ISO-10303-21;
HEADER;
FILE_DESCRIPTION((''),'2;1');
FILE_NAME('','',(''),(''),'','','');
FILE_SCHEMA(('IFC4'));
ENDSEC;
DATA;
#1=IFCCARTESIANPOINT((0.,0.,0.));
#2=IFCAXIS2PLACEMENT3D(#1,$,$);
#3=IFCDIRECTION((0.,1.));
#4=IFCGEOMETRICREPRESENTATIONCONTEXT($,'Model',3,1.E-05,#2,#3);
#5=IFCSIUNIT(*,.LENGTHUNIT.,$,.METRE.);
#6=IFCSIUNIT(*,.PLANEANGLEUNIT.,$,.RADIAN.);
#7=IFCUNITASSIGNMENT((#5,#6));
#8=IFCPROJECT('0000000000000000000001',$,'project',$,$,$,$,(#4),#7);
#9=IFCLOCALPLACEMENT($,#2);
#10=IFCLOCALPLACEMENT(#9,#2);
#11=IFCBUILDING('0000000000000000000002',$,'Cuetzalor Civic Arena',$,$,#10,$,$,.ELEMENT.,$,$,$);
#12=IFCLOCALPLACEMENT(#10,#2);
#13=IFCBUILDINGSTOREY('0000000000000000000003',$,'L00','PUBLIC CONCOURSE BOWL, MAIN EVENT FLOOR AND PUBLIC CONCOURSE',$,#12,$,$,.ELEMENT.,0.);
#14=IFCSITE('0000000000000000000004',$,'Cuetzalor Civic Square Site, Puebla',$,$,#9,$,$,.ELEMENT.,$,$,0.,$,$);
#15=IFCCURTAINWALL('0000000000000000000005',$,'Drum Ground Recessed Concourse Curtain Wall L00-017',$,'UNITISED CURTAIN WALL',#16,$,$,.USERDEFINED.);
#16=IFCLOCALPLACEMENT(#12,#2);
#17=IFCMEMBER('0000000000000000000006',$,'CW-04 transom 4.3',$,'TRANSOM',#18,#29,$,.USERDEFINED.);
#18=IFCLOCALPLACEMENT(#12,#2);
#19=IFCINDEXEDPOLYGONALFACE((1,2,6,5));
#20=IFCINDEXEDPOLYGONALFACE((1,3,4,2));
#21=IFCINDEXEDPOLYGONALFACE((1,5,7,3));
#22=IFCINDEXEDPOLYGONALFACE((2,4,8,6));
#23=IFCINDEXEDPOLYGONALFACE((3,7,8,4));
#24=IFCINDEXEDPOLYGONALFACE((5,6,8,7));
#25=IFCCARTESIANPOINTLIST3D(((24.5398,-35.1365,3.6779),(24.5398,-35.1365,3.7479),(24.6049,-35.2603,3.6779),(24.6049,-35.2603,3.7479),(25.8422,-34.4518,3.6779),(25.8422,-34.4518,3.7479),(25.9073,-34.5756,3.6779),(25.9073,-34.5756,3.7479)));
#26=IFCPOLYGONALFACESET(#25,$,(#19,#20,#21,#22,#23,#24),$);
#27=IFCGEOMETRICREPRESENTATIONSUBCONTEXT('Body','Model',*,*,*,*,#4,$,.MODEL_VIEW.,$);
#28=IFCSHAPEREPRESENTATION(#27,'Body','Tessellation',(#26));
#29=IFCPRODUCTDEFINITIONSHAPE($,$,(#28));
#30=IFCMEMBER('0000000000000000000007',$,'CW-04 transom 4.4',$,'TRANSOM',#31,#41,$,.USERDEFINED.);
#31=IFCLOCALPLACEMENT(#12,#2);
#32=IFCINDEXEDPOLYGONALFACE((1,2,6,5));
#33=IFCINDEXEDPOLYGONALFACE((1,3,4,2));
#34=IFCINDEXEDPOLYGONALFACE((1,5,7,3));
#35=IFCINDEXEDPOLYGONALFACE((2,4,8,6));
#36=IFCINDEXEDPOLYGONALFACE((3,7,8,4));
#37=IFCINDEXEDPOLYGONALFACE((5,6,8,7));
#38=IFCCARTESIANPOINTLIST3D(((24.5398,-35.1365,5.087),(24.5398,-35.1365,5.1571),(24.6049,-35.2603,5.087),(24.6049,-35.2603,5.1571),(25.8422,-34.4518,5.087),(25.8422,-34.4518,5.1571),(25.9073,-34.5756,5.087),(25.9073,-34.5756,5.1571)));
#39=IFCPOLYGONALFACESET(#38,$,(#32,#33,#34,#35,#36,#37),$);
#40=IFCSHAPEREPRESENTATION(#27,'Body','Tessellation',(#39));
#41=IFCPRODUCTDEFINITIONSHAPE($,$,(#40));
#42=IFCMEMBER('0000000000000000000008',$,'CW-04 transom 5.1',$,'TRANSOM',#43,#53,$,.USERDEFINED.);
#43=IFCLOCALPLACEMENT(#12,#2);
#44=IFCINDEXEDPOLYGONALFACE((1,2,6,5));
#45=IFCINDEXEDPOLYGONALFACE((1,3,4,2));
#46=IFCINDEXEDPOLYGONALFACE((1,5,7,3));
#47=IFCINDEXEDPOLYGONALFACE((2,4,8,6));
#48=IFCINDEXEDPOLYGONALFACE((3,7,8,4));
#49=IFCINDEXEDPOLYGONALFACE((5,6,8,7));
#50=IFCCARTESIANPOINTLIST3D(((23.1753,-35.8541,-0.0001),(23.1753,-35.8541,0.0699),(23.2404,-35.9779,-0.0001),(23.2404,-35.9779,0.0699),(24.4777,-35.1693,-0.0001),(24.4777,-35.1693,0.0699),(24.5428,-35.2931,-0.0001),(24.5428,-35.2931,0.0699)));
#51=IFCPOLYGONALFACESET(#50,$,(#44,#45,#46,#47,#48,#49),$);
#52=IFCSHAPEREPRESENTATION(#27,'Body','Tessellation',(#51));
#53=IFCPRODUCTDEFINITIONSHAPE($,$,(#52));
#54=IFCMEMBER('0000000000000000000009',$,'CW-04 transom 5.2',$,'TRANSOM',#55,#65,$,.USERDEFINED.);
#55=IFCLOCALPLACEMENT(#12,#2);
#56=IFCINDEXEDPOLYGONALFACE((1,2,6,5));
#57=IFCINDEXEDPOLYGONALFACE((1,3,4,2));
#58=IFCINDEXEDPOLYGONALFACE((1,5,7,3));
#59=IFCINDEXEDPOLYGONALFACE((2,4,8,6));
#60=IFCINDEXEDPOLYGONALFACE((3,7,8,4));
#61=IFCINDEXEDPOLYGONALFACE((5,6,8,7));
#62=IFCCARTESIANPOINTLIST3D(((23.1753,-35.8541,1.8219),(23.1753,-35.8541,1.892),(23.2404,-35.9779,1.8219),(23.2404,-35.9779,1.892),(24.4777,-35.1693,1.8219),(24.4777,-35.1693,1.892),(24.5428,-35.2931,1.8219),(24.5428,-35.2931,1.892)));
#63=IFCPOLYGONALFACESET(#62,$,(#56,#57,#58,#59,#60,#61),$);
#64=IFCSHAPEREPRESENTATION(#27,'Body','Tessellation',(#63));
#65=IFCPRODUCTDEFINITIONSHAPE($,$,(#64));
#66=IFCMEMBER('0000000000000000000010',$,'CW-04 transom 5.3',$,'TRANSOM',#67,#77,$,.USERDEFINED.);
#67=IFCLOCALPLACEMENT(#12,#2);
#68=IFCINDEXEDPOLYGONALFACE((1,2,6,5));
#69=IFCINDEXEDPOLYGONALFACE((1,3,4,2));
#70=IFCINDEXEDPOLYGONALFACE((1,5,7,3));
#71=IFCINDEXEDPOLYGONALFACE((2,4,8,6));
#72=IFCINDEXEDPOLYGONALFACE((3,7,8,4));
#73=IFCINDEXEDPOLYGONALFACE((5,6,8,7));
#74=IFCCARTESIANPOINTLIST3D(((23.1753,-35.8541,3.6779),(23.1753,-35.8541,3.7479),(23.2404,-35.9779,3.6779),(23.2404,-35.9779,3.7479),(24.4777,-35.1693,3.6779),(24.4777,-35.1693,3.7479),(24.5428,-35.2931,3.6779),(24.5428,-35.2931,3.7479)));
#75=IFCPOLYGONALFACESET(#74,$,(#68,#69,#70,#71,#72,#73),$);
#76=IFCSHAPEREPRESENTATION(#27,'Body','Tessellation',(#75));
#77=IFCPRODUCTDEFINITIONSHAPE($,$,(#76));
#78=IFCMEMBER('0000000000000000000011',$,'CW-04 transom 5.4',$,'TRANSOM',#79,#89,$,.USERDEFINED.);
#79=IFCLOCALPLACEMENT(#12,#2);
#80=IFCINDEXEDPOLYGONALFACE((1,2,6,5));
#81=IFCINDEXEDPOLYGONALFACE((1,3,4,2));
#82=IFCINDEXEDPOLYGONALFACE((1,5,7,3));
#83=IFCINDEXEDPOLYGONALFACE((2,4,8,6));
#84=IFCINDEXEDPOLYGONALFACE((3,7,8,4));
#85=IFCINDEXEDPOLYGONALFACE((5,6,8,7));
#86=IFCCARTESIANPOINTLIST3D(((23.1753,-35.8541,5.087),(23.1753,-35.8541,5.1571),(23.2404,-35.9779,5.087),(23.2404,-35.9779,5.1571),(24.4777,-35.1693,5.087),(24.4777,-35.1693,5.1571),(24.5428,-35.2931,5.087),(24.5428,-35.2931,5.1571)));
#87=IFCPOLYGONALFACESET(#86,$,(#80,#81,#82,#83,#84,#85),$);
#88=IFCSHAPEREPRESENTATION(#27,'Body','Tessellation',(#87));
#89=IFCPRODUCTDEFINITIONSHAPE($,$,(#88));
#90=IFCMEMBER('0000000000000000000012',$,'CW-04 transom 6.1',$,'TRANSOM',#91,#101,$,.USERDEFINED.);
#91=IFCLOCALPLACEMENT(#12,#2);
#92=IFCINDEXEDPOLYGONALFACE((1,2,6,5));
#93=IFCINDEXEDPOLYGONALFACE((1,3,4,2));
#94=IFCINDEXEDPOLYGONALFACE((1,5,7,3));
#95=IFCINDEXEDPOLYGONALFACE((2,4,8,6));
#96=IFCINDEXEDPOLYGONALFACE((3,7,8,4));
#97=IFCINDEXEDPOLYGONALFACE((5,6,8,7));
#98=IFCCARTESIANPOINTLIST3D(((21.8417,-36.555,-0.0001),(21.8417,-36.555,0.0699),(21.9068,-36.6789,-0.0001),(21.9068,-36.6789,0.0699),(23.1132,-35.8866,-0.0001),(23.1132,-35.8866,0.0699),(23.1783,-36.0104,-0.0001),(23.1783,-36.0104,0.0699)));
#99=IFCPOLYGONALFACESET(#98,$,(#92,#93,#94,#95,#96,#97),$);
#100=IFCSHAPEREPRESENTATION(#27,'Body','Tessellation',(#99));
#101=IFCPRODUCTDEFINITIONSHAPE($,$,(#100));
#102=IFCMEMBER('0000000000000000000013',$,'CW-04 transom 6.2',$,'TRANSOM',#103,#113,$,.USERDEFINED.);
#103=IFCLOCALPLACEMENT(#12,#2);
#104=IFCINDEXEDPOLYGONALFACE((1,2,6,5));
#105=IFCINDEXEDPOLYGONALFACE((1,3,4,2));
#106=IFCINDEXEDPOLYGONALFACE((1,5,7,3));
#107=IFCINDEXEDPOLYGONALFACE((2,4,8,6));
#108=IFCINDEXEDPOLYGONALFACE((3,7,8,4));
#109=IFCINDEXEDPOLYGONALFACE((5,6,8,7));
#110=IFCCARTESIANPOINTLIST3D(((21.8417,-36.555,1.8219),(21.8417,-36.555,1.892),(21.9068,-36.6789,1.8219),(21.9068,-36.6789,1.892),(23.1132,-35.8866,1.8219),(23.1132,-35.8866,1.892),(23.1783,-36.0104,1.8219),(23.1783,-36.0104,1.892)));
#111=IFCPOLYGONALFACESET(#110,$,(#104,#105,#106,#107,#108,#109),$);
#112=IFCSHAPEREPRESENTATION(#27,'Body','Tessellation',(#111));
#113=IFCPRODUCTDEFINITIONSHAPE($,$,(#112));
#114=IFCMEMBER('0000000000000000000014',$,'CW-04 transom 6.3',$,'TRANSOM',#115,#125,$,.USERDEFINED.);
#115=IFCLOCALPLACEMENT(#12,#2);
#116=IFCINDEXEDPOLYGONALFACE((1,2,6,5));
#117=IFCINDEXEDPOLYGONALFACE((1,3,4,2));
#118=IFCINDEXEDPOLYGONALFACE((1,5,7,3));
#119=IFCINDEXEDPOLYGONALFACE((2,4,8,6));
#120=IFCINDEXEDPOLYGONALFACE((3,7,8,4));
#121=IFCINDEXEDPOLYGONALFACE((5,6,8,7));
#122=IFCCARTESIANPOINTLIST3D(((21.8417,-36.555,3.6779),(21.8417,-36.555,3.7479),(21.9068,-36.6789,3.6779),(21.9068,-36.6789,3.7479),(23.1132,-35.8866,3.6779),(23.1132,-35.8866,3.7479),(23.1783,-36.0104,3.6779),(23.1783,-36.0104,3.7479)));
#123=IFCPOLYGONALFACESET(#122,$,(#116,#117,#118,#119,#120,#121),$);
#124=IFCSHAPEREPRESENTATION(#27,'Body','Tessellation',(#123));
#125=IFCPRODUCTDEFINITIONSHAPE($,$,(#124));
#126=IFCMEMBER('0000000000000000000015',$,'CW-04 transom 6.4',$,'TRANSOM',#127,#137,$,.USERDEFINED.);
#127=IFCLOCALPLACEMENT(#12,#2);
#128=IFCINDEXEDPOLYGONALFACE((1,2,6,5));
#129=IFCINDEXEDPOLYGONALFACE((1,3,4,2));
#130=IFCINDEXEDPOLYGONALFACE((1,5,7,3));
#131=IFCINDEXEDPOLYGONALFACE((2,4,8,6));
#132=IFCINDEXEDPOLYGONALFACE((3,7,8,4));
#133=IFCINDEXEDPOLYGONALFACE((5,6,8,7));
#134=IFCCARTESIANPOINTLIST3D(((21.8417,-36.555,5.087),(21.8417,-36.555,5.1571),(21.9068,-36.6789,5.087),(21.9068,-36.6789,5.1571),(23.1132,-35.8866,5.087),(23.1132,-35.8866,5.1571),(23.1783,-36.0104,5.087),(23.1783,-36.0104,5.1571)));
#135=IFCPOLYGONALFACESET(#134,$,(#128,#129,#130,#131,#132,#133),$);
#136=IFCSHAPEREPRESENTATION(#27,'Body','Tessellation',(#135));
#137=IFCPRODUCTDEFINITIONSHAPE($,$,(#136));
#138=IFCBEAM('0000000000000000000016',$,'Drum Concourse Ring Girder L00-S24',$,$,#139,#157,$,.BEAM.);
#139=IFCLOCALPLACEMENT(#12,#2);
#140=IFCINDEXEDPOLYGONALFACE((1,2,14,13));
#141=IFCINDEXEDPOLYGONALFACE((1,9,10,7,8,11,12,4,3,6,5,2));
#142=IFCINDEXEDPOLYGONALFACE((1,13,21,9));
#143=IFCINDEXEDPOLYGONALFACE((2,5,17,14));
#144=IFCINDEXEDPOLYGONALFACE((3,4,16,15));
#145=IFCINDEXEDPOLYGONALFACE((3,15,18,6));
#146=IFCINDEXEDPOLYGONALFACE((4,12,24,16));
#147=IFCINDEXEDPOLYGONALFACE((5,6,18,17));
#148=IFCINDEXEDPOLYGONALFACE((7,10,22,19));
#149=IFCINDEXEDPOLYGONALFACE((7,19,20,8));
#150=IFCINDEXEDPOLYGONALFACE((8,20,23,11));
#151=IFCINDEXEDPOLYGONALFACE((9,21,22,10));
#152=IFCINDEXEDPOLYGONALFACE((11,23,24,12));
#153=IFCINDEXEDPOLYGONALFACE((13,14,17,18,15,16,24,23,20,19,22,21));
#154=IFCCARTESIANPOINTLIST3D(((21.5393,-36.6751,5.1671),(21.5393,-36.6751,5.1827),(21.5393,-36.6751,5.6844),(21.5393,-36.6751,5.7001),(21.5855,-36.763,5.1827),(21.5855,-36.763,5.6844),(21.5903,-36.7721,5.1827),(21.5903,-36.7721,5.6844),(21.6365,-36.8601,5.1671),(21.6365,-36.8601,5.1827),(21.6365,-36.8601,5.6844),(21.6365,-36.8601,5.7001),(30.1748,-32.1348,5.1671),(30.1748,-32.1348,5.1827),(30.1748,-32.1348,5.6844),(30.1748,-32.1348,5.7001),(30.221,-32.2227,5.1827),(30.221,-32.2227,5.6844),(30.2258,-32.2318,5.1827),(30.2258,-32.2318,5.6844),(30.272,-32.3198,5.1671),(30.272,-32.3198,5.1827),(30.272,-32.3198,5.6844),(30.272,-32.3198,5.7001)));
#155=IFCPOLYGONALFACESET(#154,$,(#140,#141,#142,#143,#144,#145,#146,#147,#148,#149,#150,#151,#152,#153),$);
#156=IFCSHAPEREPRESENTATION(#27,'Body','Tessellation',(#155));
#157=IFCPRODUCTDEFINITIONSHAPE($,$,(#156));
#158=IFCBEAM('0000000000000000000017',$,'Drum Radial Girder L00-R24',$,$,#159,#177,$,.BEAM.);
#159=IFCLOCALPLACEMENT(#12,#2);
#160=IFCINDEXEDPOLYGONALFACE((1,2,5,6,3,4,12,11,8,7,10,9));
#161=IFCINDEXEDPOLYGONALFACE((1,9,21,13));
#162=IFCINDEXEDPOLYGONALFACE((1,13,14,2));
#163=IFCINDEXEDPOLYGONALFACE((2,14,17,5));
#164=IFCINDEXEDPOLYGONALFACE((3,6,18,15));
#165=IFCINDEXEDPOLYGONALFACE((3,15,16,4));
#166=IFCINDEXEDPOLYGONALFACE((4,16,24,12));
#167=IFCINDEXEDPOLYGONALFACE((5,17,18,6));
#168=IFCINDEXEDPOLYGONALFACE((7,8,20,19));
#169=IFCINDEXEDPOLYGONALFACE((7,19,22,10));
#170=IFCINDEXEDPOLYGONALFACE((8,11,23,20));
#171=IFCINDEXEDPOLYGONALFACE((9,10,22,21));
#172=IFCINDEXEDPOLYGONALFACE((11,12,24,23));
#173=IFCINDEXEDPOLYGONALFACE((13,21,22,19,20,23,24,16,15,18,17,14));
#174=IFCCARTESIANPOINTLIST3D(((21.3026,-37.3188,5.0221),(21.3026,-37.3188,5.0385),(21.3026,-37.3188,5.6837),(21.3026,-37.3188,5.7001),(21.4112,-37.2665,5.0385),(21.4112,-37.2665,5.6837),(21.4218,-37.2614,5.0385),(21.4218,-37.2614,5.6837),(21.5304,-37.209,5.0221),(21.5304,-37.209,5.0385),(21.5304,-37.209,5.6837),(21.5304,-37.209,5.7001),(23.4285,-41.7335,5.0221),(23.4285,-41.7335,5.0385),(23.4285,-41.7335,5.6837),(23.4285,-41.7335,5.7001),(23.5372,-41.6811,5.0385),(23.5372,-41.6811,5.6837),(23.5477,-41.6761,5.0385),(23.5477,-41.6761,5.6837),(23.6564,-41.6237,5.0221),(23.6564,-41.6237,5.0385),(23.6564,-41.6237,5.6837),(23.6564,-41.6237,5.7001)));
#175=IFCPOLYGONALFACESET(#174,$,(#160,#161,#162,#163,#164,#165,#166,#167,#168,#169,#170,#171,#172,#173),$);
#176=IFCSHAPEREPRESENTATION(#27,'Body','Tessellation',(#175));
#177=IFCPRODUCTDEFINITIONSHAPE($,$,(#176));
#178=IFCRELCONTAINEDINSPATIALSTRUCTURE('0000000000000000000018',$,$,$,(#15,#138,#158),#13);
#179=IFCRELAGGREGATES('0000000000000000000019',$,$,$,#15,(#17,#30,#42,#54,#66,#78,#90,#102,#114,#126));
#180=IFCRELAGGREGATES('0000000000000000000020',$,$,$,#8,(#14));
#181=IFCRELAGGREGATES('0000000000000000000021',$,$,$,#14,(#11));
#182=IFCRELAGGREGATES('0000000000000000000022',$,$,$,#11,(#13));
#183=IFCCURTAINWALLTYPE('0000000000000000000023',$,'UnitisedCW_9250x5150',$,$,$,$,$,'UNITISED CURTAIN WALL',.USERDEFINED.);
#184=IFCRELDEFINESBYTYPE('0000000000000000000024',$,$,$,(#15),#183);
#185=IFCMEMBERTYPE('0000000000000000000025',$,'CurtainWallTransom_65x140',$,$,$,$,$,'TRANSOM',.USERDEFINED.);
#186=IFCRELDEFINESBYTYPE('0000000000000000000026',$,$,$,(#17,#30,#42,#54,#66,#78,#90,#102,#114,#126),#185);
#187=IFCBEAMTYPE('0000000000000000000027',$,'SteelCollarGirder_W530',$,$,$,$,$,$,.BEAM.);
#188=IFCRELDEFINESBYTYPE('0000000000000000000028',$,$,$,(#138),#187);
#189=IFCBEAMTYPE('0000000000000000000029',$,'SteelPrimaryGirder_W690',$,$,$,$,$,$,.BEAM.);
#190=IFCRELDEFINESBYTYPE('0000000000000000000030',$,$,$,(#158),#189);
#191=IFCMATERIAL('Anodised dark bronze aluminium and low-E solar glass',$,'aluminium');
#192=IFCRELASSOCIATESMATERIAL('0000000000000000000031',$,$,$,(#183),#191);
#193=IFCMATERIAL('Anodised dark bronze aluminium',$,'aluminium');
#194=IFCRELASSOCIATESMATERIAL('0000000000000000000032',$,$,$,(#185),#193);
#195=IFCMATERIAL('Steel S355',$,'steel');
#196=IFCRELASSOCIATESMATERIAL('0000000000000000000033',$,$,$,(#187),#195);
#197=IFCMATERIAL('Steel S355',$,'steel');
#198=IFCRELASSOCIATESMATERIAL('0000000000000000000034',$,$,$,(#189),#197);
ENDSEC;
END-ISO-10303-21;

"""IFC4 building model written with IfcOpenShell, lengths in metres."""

from ifc_helpers import new_model, si_unit, direction, frame, origin, origin_2d, place, context, subcontext, project, spatial, rectangle, i_section, extrude, material, material_profile, profile_set, type_object, element, aggregate, save


model = new_model("IFC4")

# Units and contexts
model_context = context("Model", 3, precision=1e-05, world=origin(), true_north=direction((0.0, 1.0)))
body_context = subcontext(model_context, "Body", "Model", "MODEL_VIEW")
ifc_project = project(units=[si_unit("LENGTHUNIT", "METRE"), si_unit("PLANEANGLEUNIT", "RADIAN")], contexts=[model_context])

# Site, building, storey
site_placement = place(None, origin())
site = spatial("IfcSite", under=ifc_project, at=site_placement, Name="Cuetzalor Civic Square Site, Puebla", CompositionType="ELEMENT", RefElevation=0.0)
building_placement = place(site_placement, origin())
building = spatial("IfcBuilding", under=site, at=building_placement, Name="Cuetzalor Civic Arena", CompositionType="ELEMENT")
storey_placement = place(building_placement, origin())
storey = spatial("IfcBuildingStorey", under=building, at=storey_placement, Name="L00", Description="PUBLIC CONCOURSE BOWL, MAIN EVENT FLOOR AND PUBLIC CONCOURSE", CompositionType="ELEMENT", Elevation=0.0)

# Curtain wall, members
ifc_material_1 = material(Name="Anodised dark bronze aluminium and low-E solar glass", Category="aluminium")
curtain_wall_type = type_object("IfcCurtainWallType", Name="UnitisedCW_9250x5150", ElementType="UNITISED CURTAIN WALL", PredefinedType="USERDEFINED", material=ifc_material_1)
curtain_wall_placement = place(storey_placement, origin())
curtain_wall = element("IfcCurtainWall", 1, at=curtain_wall_placement, inside=storey, type_object=curtain_wall_type, Name="Drum Ground Recessed Concourse Curtain Wall L00-017", ObjectType="UNITISED CURTAIN WALL", PredefinedType="USERDEFINED")
ifc_material_2 = material(Name="Anodised dark bronze aluminium", Category="aluminium")
ifc_material_profile_1 = material_profile(ifc_material_2, rectangle(XDim=0.1399, YDim=0.0701, at=origin_2d()), Name="ALU TRANSOM 70x140")
ifc_profile_set_1 = profile_set([ifc_material_profile_1], Name="Anodised dark bronze aluminium")
member_type_1 = type_object("IfcMemberType", Name="CurtainWallTransom_65x140", ElementType="TRANSOM", PredefinedType="USERDEFINED", material=ifc_profile_set_1)
member_1_placement = place(storey_placement, frame((25.8748, -34.5137, 3.7129), z_axis=(-0.885116, -0.46537, 0.0), x_axis=(0.46537, -0.885116, 0.0)))
member_1 = element("IfcMember", 2, at=member_1_placement, type_object=member_type_1, Name="CW-04 transom 4.3", ObjectType="TRANSOM", PredefinedType="USERDEFINED", context=body_context, shape_type="SweptSolid", body=[
    extrude(rectangle(XDim=0.1399, YDim=0.0701, at=origin_2d()), origin(), (0.0, 0.0, 1.0), 1.4714),
])
member_2_placement = place(storey_placement, frame((25.8748, -34.5137, 5.1221), z_axis=(-0.885116, -0.46537, 0.0), x_axis=(0.46537, -0.885116, 0.0)))
member_2 = element("IfcMember", 3, at=member_2_placement, type_object=member_type_1, Name="CW-04 transom 4.4", ObjectType="TRANSOM", PredefinedType="USERDEFINED", context=body_context, shape_type="SweptSolid", body=[
    extrude(rectangle(XDim=0.1399, YDim=0.0701, at=origin_2d()), origin(), (0.0, 0.0, 1.0), 1.4714),
])
member_3_placement = place(storey_placement, frame((24.5103, -35.2312, 0.0349), z_axis=(-0.885116, -0.46537, 0.0), x_axis=(0.46537, -0.885116, 0.0)))
member_3 = element("IfcMember", 4, at=member_3_placement, type_object=member_type_1, Name="CW-04 transom 5.1", ObjectType="TRANSOM", PredefinedType="USERDEFINED", context=body_context, shape_type="SweptSolid", body=[
    extrude(rectangle(XDim=0.1399, YDim=0.0701, at=origin_2d()), origin(), (0.0, 0.0, 1.0), 1.4714),
])
member_4_placement = place(storey_placement, frame((24.5103, -35.2312, 1.8569), z_axis=(-0.885116, -0.46537, 0.0), x_axis=(0.46537, -0.885116, 0.0)))
member_4 = element("IfcMember", 5, at=member_4_placement, type_object=member_type_1, Name="CW-04 transom 5.2", ObjectType="TRANSOM", PredefinedType="USERDEFINED", context=body_context, shape_type="SweptSolid", body=[
    extrude(rectangle(XDim=0.1399, YDim=0.0701, at=origin_2d()), origin(), (0.0, 0.0, 1.0), 1.4714),
])
member_5_placement = place(storey_placement, frame((24.5103, -35.2312, 3.7129), z_axis=(-0.885116, -0.46537, 0.0), x_axis=(0.46537, -0.885116, 0.0)))
member_5 = element("IfcMember", 6, at=member_5_placement, type_object=member_type_1, Name="CW-04 transom 5.3", ObjectType="TRANSOM", PredefinedType="USERDEFINED", context=body_context, shape_type="SweptSolid", body=[
    extrude(rectangle(XDim=0.1399, YDim=0.0701, at=origin_2d()), origin(), (0.0, 0.0, 1.0), 1.4714),
])
member_6_placement = place(storey_placement, frame((24.5103, -35.2312, 5.1221), z_axis=(-0.885116, -0.46537, 0.0), x_axis=(0.46537, -0.885116, 0.0)))
member_6 = element("IfcMember", 7, at=member_6_placement, type_object=member_type_1, Name="CW-04 transom 5.4", ObjectType="TRANSOM", PredefinedType="USERDEFINED", context=body_context, shape_type="SweptSolid", body=[
    extrude(rectangle(XDim=0.1399, YDim=0.0701, at=origin_2d()), origin(), (0.0, 0.0, 1.0), 1.4714),
])
member_7_placement = place(storey_placement, frame((23.1458, -35.9485, 0.0349), z_axis=(-0.885132, -0.46534, 0.0), x_axis=(0.46534, -0.885132, 0.0)))
member_7 = element("IfcMember", 8, at=member_7_placement, type_object=member_type_1, Name="CW-04 transom 6.1", ObjectType="TRANSOM", PredefinedType="USERDEFINED", context=body_context, shape_type="SweptSolid", body=[
    extrude(rectangle(XDim=0.1399, YDim=0.0701, at=origin_2d()), origin(), (0.0, 0.0, 1.0), 1.4365),
])
member_8_placement = place(storey_placement, frame((23.1458, -35.9485, 1.8569), z_axis=(-0.885132, -0.46534, 0.0), x_axis=(0.46534, -0.885132, 0.0)))
member_8 = element("IfcMember", 9, at=member_8_placement, type_object=member_type_1, Name="CW-04 transom 6.2", ObjectType="TRANSOM", PredefinedType="USERDEFINED", context=body_context, shape_type="SweptSolid", body=[
    extrude(rectangle(XDim=0.1399, YDim=0.0701, at=origin_2d()), origin(), (0.0, 0.0, 1.0), 1.4365),
])
member_9_placement = place(storey_placement, frame((23.1458, -35.9485, 3.7129), z_axis=(-0.885132, -0.46534, 0.0), x_axis=(0.46534, -0.885132, 0.0)))
member_9 = element("IfcMember", 10, at=member_9_placement, type_object=member_type_1, Name="CW-04 transom 6.3", ObjectType="TRANSOM", PredefinedType="USERDEFINED", context=body_context, shape_type="SweptSolid", body=[
    extrude(rectangle(XDim=0.1399, YDim=0.0701, at=origin_2d()), origin(), (0.0, 0.0, 1.0), 1.4365),
])
member_10_placement = place(storey_placement, frame((23.1458, -35.9485, 5.1221), z_axis=(-0.885132, -0.46534, 0.0), x_axis=(0.46534, -0.885132, 0.0)))
member_10 = element("IfcMember", 11, at=member_10_placement, type_object=member_type_1, Name="CW-04 transom 6.4", ObjectType="TRANSOM", PredefinedType="USERDEFINED", context=body_context, shape_type="SweptSolid", body=[
    extrude(rectangle(XDim=0.1399, YDim=0.0701, at=origin_2d()), origin(), (0.0, 0.0, 1.0), 1.4365),
])

# Beams
ifc_material_3 = material(Name="Steel S355", Category="steel")
ifc_material_profile_2 = material_profile(ifc_material_3, i_section(OverallWidth=0.209, OverallDepth=0.533, WebThickness=0.0103, FlangeThickness=0.0156, at=origin_2d()), Name="W530x92")
ifc_profile_set_2 = profile_set([ifc_material_profile_2], Name="Steel S355")
beam_type_1 = type_object("IfcBeamType", Name="SteelCollarGirder_W530", PredefinedType="BEAM", material=ifc_profile_set_2)
beam_1_placement = place(storey_placement, frame((21.5879, -36.7676, 5.4336), z_axis=(0.885117, 0.465368, 0.0), x_axis=(-0.465368, 0.885117, 0.0)))
element("IfcBeam", 12, at=beam_1_placement, inside=storey, type_object=beam_type_1, Name="Drum Concourse Ring Girder L00-S24", PredefinedType="BEAM", context=body_context, shape_type="SweptSolid", body=[
    extrude(i_section(OverallWidth=0.209, OverallDepth=0.533, WebThickness=0.0103, FlangeThickness=0.0156, at=origin_2d()), origin(), (0.0, 0.0, 1.0), 9.7563),
])
ifc_material_4 = material(Name="Steel S355", Category="steel")
ifc_material_profile_3 = material_profile(ifc_material_4, i_section(OverallWidth=0.2529, OverallDepth=0.678, WebThickness=0.0117, FlangeThickness=0.0164, at=origin_2d()), Name="W690x125")
ifc_profile_set_3 = profile_set([ifc_material_profile_3], Name="Steel S355")
beam_type_2 = type_object("IfcBeamType", Name="SteelPrimaryGirder_W690", PredefinedType="BEAM", material=ifc_profile_set_3)
beam_2_placement = place(storey_placement, frame((21.4165, -37.2639, 5.3611), z_axis=(0.433871, -0.900975, 0.0), x_axis=(0.900975, 0.433871, 0.0)))
element("IfcBeam", 13, at=beam_2_placement, inside=storey, type_object=beam_type_2, Name="Drum Radial Girder L00-R24", PredefinedType="BEAM", context=body_context, shape_type="SweptSolid", body=[
    extrude(i_section(OverallWidth=0.2529, OverallDepth=0.678, WebThickness=0.0117, FlangeThickness=0.0164, at=origin_2d()), origin(), (0.0, 0.0, 1.0), 4.8999),
])

aggregate(curtain_wall, [member_1, member_2, member_3, member_4, member_5, member_6, member_7, member_8, member_9, member_10])

save(model, "model.ifc")
